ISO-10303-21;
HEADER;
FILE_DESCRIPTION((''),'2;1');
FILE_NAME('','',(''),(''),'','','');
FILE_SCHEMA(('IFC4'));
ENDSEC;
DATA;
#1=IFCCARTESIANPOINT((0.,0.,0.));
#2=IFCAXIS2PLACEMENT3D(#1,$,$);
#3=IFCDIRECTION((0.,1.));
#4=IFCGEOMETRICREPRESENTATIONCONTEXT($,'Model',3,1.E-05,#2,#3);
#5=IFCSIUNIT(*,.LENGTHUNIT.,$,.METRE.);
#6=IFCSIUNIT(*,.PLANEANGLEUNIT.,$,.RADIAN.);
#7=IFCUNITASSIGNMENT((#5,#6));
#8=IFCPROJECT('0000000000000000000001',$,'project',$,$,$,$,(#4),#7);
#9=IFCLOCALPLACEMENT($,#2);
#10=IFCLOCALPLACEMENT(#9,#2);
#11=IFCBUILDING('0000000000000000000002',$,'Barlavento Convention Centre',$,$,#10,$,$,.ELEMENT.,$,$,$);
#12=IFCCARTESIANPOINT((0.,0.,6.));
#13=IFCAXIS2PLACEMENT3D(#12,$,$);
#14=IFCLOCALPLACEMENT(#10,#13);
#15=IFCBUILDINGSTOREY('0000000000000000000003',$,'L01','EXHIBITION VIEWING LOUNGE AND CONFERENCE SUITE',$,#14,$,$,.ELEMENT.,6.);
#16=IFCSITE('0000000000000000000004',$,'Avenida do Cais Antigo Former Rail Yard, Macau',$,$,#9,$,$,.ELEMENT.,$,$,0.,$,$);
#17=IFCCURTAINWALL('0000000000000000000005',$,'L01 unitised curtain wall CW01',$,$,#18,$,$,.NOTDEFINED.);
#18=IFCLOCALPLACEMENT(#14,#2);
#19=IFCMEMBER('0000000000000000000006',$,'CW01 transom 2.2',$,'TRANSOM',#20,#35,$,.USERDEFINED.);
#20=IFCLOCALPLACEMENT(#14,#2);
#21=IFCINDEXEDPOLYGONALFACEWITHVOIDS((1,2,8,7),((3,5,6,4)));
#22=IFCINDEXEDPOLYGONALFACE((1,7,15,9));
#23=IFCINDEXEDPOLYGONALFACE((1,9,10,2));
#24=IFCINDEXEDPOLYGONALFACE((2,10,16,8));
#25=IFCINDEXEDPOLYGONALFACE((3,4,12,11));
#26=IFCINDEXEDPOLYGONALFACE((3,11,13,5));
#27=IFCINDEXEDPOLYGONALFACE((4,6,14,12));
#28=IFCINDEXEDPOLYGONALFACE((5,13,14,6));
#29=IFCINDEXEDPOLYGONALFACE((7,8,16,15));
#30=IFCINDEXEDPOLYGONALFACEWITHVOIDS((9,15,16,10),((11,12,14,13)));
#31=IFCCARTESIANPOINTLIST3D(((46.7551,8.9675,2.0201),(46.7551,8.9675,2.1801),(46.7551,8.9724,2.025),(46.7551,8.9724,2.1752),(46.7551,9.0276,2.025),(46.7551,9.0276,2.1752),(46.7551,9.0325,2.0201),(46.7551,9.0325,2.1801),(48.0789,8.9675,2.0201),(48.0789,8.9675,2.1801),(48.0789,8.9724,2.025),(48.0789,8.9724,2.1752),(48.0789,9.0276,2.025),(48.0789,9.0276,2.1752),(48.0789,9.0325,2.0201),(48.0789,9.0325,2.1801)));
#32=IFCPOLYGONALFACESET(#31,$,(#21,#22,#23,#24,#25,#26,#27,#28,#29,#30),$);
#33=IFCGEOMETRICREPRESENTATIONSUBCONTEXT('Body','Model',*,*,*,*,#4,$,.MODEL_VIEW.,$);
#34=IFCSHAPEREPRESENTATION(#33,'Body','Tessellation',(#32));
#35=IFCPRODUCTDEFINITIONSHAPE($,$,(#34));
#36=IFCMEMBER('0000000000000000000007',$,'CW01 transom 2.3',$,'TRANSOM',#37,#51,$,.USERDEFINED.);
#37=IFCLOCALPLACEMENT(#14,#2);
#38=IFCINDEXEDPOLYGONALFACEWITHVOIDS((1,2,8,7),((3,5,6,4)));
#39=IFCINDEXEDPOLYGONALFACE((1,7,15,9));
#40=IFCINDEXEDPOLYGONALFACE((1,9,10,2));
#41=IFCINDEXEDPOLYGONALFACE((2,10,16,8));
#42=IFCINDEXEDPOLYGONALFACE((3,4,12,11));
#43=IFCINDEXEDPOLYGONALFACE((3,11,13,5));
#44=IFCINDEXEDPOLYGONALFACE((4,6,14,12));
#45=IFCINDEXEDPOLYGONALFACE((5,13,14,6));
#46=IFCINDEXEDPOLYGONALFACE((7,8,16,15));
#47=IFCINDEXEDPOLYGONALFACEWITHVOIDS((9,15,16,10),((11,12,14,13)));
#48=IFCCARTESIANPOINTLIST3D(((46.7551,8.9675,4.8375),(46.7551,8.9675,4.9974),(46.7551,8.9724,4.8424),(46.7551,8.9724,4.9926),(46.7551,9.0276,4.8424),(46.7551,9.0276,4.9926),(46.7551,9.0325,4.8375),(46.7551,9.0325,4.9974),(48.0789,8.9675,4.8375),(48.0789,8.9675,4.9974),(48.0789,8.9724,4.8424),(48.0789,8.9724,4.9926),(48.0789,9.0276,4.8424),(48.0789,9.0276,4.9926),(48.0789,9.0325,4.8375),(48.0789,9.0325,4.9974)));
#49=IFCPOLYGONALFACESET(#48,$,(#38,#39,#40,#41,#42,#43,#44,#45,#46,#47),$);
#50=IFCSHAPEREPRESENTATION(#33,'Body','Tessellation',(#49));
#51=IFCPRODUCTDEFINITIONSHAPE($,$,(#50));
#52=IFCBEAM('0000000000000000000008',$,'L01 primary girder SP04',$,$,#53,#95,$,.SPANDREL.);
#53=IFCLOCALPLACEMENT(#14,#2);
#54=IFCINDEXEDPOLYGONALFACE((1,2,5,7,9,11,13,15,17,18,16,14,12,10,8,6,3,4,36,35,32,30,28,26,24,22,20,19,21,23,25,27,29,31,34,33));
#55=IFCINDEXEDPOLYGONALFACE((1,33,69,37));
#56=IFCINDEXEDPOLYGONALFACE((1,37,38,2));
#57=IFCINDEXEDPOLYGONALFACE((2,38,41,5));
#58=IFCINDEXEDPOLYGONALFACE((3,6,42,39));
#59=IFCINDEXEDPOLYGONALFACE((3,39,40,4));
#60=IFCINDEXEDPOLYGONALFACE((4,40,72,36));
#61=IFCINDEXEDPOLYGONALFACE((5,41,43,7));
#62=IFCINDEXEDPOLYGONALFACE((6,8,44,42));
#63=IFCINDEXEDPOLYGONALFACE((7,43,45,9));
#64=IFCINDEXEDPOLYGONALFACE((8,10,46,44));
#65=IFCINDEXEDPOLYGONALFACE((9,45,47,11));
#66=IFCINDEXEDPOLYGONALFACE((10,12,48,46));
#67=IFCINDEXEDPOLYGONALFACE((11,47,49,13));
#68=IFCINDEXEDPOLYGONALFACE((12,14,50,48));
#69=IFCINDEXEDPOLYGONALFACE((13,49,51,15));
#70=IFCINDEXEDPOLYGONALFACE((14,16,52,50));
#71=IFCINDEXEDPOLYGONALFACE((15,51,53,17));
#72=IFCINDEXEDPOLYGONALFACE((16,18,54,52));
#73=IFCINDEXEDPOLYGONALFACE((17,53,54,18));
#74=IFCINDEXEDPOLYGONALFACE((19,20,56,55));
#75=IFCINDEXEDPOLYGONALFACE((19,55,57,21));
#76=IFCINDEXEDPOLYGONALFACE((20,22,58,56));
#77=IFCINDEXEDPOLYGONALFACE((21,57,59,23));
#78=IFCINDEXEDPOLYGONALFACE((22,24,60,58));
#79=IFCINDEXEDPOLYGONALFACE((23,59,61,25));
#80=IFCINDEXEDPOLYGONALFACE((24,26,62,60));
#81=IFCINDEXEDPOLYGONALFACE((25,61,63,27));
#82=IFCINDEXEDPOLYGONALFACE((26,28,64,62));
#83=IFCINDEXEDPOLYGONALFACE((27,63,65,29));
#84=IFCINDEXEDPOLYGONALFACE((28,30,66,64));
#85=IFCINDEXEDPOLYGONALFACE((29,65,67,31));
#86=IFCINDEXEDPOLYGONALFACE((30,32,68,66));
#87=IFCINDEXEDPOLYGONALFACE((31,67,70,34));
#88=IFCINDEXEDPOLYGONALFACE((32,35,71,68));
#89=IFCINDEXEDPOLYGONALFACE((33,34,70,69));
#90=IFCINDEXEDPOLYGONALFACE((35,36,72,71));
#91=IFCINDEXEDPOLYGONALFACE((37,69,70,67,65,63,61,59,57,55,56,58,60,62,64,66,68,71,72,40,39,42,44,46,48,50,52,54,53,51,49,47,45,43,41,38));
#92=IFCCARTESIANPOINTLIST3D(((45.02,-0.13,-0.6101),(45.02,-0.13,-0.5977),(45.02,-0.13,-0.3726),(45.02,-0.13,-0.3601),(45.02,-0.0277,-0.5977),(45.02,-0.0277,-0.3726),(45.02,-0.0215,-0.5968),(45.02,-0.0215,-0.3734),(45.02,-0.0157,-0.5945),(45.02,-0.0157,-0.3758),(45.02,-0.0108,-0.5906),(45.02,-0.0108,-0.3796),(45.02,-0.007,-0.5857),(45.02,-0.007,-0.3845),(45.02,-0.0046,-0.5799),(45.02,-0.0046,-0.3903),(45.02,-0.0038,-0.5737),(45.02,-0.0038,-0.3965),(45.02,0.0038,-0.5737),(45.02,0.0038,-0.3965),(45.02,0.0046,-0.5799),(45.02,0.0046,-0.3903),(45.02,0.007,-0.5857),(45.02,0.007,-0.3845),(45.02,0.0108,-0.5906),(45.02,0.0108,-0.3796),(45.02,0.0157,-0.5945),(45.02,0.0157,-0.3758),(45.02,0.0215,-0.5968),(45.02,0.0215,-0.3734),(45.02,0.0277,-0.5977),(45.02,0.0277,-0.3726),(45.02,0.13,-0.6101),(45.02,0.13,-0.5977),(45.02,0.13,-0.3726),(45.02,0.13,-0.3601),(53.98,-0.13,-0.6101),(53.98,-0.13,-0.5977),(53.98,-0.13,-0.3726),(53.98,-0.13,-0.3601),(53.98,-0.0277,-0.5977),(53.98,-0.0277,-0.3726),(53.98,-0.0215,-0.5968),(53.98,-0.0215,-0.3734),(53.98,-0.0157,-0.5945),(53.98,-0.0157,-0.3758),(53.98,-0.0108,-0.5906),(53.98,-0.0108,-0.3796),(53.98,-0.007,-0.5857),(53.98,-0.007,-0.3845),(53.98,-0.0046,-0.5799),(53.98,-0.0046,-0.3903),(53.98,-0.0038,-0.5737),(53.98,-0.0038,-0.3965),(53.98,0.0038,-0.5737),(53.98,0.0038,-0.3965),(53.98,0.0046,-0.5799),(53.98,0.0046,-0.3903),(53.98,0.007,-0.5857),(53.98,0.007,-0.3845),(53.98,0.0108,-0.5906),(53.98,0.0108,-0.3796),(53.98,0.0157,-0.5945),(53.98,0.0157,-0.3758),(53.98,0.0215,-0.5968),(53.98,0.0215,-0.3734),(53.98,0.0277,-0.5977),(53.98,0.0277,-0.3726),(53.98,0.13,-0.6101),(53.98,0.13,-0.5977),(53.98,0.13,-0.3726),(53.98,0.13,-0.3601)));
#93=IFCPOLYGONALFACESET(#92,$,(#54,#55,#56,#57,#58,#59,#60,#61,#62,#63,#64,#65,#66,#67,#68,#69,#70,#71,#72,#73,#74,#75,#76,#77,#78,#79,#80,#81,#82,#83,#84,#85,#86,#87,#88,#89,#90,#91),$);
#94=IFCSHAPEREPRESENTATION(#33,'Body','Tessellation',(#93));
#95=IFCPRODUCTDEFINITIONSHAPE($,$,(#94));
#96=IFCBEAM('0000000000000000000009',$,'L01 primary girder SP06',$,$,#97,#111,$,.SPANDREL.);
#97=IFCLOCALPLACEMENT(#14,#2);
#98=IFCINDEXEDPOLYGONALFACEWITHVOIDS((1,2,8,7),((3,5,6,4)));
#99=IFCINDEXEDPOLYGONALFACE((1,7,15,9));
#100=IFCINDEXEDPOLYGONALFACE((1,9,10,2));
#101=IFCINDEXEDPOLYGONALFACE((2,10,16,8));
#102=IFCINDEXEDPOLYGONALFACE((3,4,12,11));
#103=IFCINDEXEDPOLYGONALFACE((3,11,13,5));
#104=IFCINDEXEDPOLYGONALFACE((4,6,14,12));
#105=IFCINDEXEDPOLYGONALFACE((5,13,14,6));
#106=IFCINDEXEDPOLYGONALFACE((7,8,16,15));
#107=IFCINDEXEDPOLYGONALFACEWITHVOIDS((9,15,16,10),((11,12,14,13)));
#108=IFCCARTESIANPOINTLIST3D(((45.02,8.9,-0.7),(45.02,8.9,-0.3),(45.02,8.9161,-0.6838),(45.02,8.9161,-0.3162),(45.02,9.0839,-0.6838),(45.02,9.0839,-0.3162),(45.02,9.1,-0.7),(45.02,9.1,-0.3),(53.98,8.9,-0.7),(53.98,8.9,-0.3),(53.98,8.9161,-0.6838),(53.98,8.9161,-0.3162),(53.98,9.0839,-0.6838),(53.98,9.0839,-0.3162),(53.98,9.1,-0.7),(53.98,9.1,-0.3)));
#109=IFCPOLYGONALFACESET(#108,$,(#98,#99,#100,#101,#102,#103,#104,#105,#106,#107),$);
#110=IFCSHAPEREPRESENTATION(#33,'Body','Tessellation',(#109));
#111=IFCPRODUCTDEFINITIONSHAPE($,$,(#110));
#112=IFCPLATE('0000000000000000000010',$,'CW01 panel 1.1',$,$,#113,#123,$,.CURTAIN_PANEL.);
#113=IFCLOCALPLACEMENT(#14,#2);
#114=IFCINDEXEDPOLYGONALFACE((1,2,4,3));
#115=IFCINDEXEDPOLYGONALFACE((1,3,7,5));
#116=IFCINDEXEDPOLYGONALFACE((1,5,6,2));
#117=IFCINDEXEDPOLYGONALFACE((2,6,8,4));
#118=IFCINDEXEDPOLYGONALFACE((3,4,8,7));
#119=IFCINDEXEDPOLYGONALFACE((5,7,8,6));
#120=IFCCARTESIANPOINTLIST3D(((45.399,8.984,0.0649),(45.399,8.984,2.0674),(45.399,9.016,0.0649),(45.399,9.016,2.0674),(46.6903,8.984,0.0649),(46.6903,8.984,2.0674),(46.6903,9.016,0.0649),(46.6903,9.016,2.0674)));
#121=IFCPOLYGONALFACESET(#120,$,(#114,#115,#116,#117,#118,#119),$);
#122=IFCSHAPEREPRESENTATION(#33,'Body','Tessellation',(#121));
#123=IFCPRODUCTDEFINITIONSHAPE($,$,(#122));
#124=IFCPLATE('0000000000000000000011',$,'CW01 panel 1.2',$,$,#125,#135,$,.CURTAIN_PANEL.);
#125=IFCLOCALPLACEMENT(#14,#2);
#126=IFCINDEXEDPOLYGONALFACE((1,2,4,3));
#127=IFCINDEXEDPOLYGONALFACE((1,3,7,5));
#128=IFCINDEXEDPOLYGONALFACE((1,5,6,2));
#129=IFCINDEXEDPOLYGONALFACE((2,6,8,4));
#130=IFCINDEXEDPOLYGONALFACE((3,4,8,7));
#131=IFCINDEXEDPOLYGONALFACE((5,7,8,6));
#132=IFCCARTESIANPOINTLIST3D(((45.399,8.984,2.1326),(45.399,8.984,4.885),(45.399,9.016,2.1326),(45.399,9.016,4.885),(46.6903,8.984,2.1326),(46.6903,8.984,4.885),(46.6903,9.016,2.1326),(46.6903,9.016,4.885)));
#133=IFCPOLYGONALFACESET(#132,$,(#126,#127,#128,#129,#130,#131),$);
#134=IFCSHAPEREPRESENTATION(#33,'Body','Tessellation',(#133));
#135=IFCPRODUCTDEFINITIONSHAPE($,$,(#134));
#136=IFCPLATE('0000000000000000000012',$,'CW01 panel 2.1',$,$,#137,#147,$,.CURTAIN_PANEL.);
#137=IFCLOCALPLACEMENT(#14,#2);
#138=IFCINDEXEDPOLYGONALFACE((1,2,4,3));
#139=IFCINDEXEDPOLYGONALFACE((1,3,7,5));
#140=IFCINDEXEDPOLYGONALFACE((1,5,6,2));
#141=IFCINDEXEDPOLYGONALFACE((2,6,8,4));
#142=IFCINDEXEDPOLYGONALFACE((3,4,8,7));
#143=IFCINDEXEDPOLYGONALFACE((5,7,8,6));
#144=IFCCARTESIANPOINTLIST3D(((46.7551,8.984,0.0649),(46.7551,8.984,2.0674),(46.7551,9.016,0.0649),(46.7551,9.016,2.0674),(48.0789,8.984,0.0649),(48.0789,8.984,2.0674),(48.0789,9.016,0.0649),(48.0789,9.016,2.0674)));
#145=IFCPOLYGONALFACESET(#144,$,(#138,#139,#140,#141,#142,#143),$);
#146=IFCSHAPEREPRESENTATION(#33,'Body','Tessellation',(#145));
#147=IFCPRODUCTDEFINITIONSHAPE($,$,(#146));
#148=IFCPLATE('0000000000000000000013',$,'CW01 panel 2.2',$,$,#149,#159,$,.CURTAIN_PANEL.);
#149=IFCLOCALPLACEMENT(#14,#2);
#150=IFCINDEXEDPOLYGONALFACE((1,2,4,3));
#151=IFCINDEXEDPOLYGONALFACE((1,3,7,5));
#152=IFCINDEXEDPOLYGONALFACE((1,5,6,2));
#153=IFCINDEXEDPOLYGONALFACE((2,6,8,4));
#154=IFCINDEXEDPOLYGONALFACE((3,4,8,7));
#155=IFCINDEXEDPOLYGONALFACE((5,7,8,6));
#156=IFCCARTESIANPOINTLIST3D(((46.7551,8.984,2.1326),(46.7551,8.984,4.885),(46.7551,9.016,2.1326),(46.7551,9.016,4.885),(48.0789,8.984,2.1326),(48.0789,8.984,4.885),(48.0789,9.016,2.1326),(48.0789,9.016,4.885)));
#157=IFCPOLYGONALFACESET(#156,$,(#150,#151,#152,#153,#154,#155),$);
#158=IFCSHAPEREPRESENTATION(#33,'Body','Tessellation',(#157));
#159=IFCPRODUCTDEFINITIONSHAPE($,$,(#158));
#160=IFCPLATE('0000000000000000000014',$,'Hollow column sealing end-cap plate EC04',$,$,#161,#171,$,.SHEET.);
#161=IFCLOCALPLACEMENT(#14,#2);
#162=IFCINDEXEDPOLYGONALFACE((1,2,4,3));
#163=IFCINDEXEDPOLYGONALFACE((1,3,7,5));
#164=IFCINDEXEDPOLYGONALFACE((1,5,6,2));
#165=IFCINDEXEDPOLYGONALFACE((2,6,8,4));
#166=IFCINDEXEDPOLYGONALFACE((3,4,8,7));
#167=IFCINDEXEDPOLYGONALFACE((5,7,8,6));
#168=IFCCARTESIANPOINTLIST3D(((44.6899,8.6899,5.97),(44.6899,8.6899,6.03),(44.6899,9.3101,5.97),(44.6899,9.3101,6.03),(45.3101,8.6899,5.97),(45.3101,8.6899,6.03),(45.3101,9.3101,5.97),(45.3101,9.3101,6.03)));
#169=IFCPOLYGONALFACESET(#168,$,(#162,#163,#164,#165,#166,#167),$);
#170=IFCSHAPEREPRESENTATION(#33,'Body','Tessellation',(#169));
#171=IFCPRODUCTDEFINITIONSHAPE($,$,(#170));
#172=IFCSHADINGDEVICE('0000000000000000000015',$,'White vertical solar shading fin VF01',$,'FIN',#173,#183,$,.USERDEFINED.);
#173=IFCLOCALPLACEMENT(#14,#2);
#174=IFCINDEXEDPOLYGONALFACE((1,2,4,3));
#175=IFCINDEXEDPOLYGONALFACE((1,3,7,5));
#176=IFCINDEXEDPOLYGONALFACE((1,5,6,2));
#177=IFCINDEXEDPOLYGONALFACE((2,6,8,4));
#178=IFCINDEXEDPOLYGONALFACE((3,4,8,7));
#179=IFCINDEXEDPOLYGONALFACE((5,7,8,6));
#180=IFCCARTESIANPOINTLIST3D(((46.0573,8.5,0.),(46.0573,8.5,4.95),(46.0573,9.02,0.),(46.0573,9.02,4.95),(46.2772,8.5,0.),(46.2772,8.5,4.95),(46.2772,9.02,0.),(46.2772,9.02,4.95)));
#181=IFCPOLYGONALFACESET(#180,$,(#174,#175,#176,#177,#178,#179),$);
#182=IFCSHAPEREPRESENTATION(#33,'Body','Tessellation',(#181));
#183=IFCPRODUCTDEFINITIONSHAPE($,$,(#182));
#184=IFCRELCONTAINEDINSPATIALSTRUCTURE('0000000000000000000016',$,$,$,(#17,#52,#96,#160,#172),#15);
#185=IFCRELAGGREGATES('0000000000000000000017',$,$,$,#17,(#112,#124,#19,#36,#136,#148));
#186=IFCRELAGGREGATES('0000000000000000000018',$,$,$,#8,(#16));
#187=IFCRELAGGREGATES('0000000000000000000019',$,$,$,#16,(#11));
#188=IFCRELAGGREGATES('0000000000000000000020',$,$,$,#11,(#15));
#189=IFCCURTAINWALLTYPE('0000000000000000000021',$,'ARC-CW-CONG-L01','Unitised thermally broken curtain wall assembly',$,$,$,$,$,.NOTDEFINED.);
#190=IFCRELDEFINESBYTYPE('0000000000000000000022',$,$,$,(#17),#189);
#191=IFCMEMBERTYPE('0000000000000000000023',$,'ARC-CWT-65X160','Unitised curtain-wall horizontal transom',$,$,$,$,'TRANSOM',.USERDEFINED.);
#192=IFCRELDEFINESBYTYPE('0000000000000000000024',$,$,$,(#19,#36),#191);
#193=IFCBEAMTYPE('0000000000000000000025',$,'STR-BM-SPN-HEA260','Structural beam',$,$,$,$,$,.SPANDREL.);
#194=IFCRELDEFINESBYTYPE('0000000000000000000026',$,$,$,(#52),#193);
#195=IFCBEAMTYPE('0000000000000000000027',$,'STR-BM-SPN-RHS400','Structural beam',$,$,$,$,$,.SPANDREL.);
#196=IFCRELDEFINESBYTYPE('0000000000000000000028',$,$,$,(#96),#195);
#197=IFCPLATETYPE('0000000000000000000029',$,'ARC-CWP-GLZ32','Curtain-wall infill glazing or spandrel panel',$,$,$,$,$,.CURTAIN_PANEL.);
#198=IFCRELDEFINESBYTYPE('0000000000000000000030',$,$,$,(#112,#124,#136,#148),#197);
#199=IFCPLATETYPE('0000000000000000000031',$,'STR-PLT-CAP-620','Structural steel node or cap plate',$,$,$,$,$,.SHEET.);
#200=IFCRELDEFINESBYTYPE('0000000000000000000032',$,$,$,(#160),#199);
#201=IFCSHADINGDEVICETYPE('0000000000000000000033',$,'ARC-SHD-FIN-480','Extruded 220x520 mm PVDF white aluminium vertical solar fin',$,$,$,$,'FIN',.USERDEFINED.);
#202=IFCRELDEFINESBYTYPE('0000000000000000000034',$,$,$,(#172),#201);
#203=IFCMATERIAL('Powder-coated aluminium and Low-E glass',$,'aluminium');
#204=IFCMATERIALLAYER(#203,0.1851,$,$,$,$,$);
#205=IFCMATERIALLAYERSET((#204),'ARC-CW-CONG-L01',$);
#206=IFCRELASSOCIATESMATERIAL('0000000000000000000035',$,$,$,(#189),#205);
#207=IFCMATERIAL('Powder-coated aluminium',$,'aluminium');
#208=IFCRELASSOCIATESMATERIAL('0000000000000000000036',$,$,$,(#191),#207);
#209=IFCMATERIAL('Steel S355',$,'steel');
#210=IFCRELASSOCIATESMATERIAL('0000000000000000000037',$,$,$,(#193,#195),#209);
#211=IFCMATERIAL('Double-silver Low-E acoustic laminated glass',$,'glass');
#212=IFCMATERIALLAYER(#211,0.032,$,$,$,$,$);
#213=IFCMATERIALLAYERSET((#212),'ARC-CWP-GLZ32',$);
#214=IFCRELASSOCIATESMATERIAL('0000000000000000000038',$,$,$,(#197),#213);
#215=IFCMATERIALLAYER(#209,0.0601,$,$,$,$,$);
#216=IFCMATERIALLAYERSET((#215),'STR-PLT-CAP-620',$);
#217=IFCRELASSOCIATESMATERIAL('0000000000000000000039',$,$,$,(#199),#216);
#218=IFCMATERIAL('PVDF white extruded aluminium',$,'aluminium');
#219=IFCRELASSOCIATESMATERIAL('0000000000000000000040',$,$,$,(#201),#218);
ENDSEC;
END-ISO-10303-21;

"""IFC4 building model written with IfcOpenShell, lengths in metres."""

from ifc_helpers import new_model, si_unit, direction, frame, origin, origin_2d, place, context, subcontext, project, spatial, rectangle, hollow_rectangle, i_section, extrude, material, layer, layer_set, material_profile, profile_set, type_object, element, aggregate, save


model = new_model("IFC4")

# Units and contexts
model_context = context("Model", 3, precision=1e-05, world=origin(), true_north=direction((0.0, 1.0)))
body_context = subcontext(model_context, "Body", "Model", "MODEL_VIEW")
ifc_project = project(units=[si_unit("LENGTHUNIT", "METRE"), si_unit("PLANEANGLEUNIT", "RADIAN")], contexts=[model_context])

# Site, building, storey
site_placement = place(None, origin())
site = spatial("IfcSite", under=ifc_project, at=site_placement, Name="Avenida do Cais Antigo Former Rail Yard, Macau", CompositionType="ELEMENT", RefElevation=0.0)
building_placement = place(site_placement, origin())
building = spatial("IfcBuilding", under=site, at=building_placement, Name="Barlavento Convention Centre", CompositionType="ELEMENT")
storey_placement = place(building_placement, frame((0.0, 0.0, 6.0)))
storey = spatial("IfcBuildingStorey", under=building, at=storey_placement, Name="L01", Description="EXHIBITION VIEWING LOUNGE AND CONFERENCE SUITE", CompositionType="ELEMENT", Elevation=6.0)

# Curtain wall, members
ifc_material_1 = material(Name="Powder-coated aluminium and Low-E glass", Category="aluminium")
ifc_layer_1 = layer(ifc_material_1, 0.1851)
ifc_layer_set_1 = layer_set([ifc_layer_1], Name="ARC-CW-CONG-L01")
curtain_wall_type = type_object("IfcCurtainWallType", Name="ARC-CW-CONG-L01", Description="Unitised thermally broken curtain wall assembly", PredefinedType="NOTDEFINED", material=ifc_layer_set_1)
curtain_wall_placement = place(storey_placement, origin())
curtain_wall = element("IfcCurtainWall", 1, at=curtain_wall_placement, inside=storey, type_object=curtain_wall_type, Name="L01 unitised curtain wall CW01", PredefinedType="NOTDEFINED")
ifc_material_2 = material(Name="Powder-coated aluminium", Category="aluminium")
ifc_material_profile_1 = material_profile(ifc_material_2, hollow_rectangle(XDim=0.0649, YDim=0.1599, WallThickness=0.0049, at=origin_2d()), Name="AL-TRAN 65x160x5")
ifc_profile_set_1 = profile_set([ifc_material_profile_1], Name="Powder-coated aluminium")
member_type_1 = type_object("IfcMemberType", Name="ARC-CWT-65X160", Description="Unitised curtain-wall horizontal transom", ElementType="TRANSOM", PredefinedType="USERDEFINED", material=ifc_profile_set_1)
member_1_placement = place(storey_placement, frame((46.7551, 9.0, 2.1001), z_axis=(1.0, 0.0, 0.0), x_axis=(0.0, 1.0, 0.0)))
member_1 = element("IfcMember", 2, at=member_1_placement, type_object=member_type_1, Name="CW01 transom 2.2", ObjectType="TRANSOM", PredefinedType="USERDEFINED", context=body_context, shape_type="SweptSolid", body=[
    extrude(hollow_rectangle(XDim=0.0649, YDim=0.1599, WallThickness=0.0049, at=origin_2d()), origin(), (0.0, 0.0, 1.0), 1.3237),
])
member_2_placement = place(storey_placement, frame((46.7551, 9.0, 4.9175), z_axis=(1.0, 0.0, 0.0), x_axis=(0.0, 1.0, 0.0)))
member_2 = element("IfcMember", 3, at=member_2_placement, type_object=member_type_1, Name="CW01 transom 2.3", ObjectType="TRANSOM", PredefinedType="USERDEFINED", context=body_context, shape_type="SweptSolid", body=[
    extrude(hollow_rectangle(XDim=0.0649, YDim=0.1599, WallThickness=0.0049, at=origin_2d()), origin(), (0.0, 0.0, 1.0), 1.3237),
])

# Beams
ifc_material_3 = material(Name="Steel S355", Category="steel")
ifc_material_profile_2 = material_profile(ifc_material_3, i_section(OverallWidth=0.26, OverallDepth=0.25, WebThickness=0.0076, FlangeThickness=0.0125, FilletRadius=0.0239, at=origin_2d()), Name="HEA 260")
ifc_profile_set_2 = profile_set([ifc_material_profile_2], Name="Steel S355")
beam_type_1 = type_object("IfcBeamType", Name="STR-BM-SPN-HEA260", Description="Structural beam", PredefinedType="SPANDREL", material=ifc_profile_set_2)
beam_1_placement = place(storey_placement, frame((45.02, 0.0, -0.4851), z_axis=(1.0, 0.0, 0.0), x_axis=(0.0, 1.0, 0.0)))
element("IfcBeam", 4, at=beam_1_placement, inside=storey, type_object=beam_type_1, Name="L01 primary girder SP04", PredefinedType="SPANDREL", context=body_context, shape_type="SweptSolid", body=[
    extrude(i_section(OverallWidth=0.26, OverallDepth=0.25, WebThickness=0.0076, FlangeThickness=0.0125, FilletRadius=0.0239, at=origin_2d()), origin(), (0.0, 0.0, 1.0), 8.96),
])
ifc_material_profile_3 = material_profile(ifc_material_3, hollow_rectangle(XDim=0.2, YDim=0.3999, WallThickness=0.0161, at=origin_2d()), Name="RHS 400x200x16.0")
ifc_profile_set_3 = profile_set([ifc_material_profile_3], Name="Steel S355")
beam_type_2 = type_object("IfcBeamType", Name="STR-BM-SPN-RHS400", Description="Structural beam", PredefinedType="SPANDREL", material=ifc_profile_set_3)
beam_2_placement = place(storey_placement, frame((45.02, 9.0, -0.5), z_axis=(1.0, 0.0, 0.0), x_axis=(0.0, 1.0, 0.0)))
element("IfcBeam", 5, at=beam_2_placement, inside=storey, type_object=beam_type_2, Name="L01 primary girder SP06", PredefinedType="SPANDREL", context=body_context, shape_type="SweptSolid", body=[
    extrude(hollow_rectangle(XDim=0.2, YDim=0.3999, WallThickness=0.0161, at=origin_2d()), origin(), (0.0, 0.0, 1.0), 8.96),
])

# Plates
ifc_material_4 = material(Name="Double-silver Low-E acoustic laminated glass", Category="glass")
ifc_layer_2 = layer(ifc_material_4, 0.032)
ifc_layer_set_2 = layer_set([ifc_layer_2], Name="ARC-CWP-GLZ32")
plate_type_1 = type_object("IfcPlateType", Name="ARC-CWP-GLZ32", Description="Curtain-wall infill glazing or spandrel panel", PredefinedType="CURTAIN_PANEL", material=ifc_layer_set_2)
plate_1_placement = place(storey_placement, frame((46.0447, 9.0, 0.0649), z_axis=(0.0, 0.0, 1.0), x_axis=(1.0, 0.0, 0.0)))
plate_1 = element("IfcPlate", 6, at=plate_1_placement, type_object=plate_type_1, Name="CW01 panel 1.1", PredefinedType="CURTAIN_PANEL", context=body_context, shape_type="SweptSolid", body=[
    extrude(rectangle(XDim=1.2913, YDim=0.032, at=origin_2d()), origin(), (0.0, 0.0, 1.0), 2.0024),
])
plate_2_placement = place(storey_placement, frame((46.0447, 9.0, 2.1326), z_axis=(0.0, 0.0, 1.0), x_axis=(1.0, 0.0, 0.0)))
plate_2 = element("IfcPlate", 7, at=plate_2_placement, type_object=plate_type_1, Name="CW01 panel 1.2", PredefinedType="CURTAIN_PANEL", context=body_context, shape_type="SweptSolid", body=[
    extrude(rectangle(XDim=1.2913, YDim=0.032, at=origin_2d()), origin(), (0.0, 0.0, 1.0), 2.7524),
])
plate_3_placement = place(storey_placement, frame((47.417, 9.0, 0.0649), z_axis=(0.0, 0.0, 1.0), x_axis=(1.0, 0.0, 0.0)))
plate_3 = element("IfcPlate", 8, at=plate_3_placement, type_object=plate_type_1, Name="CW01 panel 2.1", PredefinedType="CURTAIN_PANEL", context=body_context, shape_type="SweptSolid", body=[
    extrude(rectangle(XDim=1.3237, YDim=0.032, at=origin_2d()), origin(), (0.0, 0.0, 1.0), 2.0024),
])
plate_4_placement = place(storey_placement, frame((47.417, 9.0, 2.1326), z_axis=(0.0, 0.0, 1.0), x_axis=(1.0, 0.0, 0.0)))
plate_4 = element("IfcPlate", 9, at=plate_4_placement, type_object=plate_type_1, Name="CW01 panel 2.2", PredefinedType="CURTAIN_PANEL", context=body_context, shape_type="SweptSolid", body=[
    extrude(rectangle(XDim=1.3237, YDim=0.032, at=origin_2d()), origin(), (0.0, 0.0, 1.0), 2.7524),
])
aggregate(curtain_wall, [plate_1, plate_2, member_1, member_2, plate_3, plate_4])
ifc_layer_3 = layer(ifc_material_3, 0.0601)
ifc_layer_set_3 = layer_set([ifc_layer_3], Name="STR-PLT-CAP-620")
plate_type_2 = type_object("IfcPlateType", Name="STR-PLT-CAP-620", Description="Structural steel node or cap plate", PredefinedType="SHEET", material=ifc_layer_set_3)
plate_5_placement = place(storey_placement, frame((45.0, 9.0, 5.97), z_axis=(0.0, 0.0, 1.0), x_axis=(1.0, 0.0, 0.0)))
element("IfcPlate", 10, at=plate_5_placement, inside=storey, type_object=plate_type_2, Name="Hollow column sealing end-cap plate EC04", PredefinedType="SHEET", context=body_context, shape_type="SweptSolid", body=[
    extrude(rectangle(XDim=0.6201, YDim=0.6201, at=origin_2d()), origin(), (0.0, 0.0, 1.0), 0.0601),
])

# Shading device
ifc_material_5 = material(Name="PVDF white extruded aluminium", Category="aluminium")
shading_device_type = type_object("IfcShadingDeviceType", Name="ARC-SHD-FIN-480", Description="Extruded 220x520 mm PVDF white aluminium vertical solar fin", ElementType="FIN", PredefinedType="USERDEFINED", material=ifc_material_5)
for number, where, z_axis, x_axis, name in (
    (11, (46.1672, 8.76, 0.0), (0.0, 0.0, 1.0), (1.0, 0.0, 0.0), "White vertical solar shading fin VF01"),
):
    element("IfcShadingDevice", number, at=place(storey_placement, frame(where, z_axis=z_axis, x_axis=x_axis)), inside=storey, type_object=shading_device_type, Name=name, ObjectType="FIN", PredefinedType="USERDEFINED", context=body_context, shape_type="SweptSolid", body=[
        extrude(rectangle(XDim=0.22, YDim=0.52, at=origin_2d()), origin(), (0.0, 0.0, 1.0), 4.95),
    ])

save(model, "model.ifc")
